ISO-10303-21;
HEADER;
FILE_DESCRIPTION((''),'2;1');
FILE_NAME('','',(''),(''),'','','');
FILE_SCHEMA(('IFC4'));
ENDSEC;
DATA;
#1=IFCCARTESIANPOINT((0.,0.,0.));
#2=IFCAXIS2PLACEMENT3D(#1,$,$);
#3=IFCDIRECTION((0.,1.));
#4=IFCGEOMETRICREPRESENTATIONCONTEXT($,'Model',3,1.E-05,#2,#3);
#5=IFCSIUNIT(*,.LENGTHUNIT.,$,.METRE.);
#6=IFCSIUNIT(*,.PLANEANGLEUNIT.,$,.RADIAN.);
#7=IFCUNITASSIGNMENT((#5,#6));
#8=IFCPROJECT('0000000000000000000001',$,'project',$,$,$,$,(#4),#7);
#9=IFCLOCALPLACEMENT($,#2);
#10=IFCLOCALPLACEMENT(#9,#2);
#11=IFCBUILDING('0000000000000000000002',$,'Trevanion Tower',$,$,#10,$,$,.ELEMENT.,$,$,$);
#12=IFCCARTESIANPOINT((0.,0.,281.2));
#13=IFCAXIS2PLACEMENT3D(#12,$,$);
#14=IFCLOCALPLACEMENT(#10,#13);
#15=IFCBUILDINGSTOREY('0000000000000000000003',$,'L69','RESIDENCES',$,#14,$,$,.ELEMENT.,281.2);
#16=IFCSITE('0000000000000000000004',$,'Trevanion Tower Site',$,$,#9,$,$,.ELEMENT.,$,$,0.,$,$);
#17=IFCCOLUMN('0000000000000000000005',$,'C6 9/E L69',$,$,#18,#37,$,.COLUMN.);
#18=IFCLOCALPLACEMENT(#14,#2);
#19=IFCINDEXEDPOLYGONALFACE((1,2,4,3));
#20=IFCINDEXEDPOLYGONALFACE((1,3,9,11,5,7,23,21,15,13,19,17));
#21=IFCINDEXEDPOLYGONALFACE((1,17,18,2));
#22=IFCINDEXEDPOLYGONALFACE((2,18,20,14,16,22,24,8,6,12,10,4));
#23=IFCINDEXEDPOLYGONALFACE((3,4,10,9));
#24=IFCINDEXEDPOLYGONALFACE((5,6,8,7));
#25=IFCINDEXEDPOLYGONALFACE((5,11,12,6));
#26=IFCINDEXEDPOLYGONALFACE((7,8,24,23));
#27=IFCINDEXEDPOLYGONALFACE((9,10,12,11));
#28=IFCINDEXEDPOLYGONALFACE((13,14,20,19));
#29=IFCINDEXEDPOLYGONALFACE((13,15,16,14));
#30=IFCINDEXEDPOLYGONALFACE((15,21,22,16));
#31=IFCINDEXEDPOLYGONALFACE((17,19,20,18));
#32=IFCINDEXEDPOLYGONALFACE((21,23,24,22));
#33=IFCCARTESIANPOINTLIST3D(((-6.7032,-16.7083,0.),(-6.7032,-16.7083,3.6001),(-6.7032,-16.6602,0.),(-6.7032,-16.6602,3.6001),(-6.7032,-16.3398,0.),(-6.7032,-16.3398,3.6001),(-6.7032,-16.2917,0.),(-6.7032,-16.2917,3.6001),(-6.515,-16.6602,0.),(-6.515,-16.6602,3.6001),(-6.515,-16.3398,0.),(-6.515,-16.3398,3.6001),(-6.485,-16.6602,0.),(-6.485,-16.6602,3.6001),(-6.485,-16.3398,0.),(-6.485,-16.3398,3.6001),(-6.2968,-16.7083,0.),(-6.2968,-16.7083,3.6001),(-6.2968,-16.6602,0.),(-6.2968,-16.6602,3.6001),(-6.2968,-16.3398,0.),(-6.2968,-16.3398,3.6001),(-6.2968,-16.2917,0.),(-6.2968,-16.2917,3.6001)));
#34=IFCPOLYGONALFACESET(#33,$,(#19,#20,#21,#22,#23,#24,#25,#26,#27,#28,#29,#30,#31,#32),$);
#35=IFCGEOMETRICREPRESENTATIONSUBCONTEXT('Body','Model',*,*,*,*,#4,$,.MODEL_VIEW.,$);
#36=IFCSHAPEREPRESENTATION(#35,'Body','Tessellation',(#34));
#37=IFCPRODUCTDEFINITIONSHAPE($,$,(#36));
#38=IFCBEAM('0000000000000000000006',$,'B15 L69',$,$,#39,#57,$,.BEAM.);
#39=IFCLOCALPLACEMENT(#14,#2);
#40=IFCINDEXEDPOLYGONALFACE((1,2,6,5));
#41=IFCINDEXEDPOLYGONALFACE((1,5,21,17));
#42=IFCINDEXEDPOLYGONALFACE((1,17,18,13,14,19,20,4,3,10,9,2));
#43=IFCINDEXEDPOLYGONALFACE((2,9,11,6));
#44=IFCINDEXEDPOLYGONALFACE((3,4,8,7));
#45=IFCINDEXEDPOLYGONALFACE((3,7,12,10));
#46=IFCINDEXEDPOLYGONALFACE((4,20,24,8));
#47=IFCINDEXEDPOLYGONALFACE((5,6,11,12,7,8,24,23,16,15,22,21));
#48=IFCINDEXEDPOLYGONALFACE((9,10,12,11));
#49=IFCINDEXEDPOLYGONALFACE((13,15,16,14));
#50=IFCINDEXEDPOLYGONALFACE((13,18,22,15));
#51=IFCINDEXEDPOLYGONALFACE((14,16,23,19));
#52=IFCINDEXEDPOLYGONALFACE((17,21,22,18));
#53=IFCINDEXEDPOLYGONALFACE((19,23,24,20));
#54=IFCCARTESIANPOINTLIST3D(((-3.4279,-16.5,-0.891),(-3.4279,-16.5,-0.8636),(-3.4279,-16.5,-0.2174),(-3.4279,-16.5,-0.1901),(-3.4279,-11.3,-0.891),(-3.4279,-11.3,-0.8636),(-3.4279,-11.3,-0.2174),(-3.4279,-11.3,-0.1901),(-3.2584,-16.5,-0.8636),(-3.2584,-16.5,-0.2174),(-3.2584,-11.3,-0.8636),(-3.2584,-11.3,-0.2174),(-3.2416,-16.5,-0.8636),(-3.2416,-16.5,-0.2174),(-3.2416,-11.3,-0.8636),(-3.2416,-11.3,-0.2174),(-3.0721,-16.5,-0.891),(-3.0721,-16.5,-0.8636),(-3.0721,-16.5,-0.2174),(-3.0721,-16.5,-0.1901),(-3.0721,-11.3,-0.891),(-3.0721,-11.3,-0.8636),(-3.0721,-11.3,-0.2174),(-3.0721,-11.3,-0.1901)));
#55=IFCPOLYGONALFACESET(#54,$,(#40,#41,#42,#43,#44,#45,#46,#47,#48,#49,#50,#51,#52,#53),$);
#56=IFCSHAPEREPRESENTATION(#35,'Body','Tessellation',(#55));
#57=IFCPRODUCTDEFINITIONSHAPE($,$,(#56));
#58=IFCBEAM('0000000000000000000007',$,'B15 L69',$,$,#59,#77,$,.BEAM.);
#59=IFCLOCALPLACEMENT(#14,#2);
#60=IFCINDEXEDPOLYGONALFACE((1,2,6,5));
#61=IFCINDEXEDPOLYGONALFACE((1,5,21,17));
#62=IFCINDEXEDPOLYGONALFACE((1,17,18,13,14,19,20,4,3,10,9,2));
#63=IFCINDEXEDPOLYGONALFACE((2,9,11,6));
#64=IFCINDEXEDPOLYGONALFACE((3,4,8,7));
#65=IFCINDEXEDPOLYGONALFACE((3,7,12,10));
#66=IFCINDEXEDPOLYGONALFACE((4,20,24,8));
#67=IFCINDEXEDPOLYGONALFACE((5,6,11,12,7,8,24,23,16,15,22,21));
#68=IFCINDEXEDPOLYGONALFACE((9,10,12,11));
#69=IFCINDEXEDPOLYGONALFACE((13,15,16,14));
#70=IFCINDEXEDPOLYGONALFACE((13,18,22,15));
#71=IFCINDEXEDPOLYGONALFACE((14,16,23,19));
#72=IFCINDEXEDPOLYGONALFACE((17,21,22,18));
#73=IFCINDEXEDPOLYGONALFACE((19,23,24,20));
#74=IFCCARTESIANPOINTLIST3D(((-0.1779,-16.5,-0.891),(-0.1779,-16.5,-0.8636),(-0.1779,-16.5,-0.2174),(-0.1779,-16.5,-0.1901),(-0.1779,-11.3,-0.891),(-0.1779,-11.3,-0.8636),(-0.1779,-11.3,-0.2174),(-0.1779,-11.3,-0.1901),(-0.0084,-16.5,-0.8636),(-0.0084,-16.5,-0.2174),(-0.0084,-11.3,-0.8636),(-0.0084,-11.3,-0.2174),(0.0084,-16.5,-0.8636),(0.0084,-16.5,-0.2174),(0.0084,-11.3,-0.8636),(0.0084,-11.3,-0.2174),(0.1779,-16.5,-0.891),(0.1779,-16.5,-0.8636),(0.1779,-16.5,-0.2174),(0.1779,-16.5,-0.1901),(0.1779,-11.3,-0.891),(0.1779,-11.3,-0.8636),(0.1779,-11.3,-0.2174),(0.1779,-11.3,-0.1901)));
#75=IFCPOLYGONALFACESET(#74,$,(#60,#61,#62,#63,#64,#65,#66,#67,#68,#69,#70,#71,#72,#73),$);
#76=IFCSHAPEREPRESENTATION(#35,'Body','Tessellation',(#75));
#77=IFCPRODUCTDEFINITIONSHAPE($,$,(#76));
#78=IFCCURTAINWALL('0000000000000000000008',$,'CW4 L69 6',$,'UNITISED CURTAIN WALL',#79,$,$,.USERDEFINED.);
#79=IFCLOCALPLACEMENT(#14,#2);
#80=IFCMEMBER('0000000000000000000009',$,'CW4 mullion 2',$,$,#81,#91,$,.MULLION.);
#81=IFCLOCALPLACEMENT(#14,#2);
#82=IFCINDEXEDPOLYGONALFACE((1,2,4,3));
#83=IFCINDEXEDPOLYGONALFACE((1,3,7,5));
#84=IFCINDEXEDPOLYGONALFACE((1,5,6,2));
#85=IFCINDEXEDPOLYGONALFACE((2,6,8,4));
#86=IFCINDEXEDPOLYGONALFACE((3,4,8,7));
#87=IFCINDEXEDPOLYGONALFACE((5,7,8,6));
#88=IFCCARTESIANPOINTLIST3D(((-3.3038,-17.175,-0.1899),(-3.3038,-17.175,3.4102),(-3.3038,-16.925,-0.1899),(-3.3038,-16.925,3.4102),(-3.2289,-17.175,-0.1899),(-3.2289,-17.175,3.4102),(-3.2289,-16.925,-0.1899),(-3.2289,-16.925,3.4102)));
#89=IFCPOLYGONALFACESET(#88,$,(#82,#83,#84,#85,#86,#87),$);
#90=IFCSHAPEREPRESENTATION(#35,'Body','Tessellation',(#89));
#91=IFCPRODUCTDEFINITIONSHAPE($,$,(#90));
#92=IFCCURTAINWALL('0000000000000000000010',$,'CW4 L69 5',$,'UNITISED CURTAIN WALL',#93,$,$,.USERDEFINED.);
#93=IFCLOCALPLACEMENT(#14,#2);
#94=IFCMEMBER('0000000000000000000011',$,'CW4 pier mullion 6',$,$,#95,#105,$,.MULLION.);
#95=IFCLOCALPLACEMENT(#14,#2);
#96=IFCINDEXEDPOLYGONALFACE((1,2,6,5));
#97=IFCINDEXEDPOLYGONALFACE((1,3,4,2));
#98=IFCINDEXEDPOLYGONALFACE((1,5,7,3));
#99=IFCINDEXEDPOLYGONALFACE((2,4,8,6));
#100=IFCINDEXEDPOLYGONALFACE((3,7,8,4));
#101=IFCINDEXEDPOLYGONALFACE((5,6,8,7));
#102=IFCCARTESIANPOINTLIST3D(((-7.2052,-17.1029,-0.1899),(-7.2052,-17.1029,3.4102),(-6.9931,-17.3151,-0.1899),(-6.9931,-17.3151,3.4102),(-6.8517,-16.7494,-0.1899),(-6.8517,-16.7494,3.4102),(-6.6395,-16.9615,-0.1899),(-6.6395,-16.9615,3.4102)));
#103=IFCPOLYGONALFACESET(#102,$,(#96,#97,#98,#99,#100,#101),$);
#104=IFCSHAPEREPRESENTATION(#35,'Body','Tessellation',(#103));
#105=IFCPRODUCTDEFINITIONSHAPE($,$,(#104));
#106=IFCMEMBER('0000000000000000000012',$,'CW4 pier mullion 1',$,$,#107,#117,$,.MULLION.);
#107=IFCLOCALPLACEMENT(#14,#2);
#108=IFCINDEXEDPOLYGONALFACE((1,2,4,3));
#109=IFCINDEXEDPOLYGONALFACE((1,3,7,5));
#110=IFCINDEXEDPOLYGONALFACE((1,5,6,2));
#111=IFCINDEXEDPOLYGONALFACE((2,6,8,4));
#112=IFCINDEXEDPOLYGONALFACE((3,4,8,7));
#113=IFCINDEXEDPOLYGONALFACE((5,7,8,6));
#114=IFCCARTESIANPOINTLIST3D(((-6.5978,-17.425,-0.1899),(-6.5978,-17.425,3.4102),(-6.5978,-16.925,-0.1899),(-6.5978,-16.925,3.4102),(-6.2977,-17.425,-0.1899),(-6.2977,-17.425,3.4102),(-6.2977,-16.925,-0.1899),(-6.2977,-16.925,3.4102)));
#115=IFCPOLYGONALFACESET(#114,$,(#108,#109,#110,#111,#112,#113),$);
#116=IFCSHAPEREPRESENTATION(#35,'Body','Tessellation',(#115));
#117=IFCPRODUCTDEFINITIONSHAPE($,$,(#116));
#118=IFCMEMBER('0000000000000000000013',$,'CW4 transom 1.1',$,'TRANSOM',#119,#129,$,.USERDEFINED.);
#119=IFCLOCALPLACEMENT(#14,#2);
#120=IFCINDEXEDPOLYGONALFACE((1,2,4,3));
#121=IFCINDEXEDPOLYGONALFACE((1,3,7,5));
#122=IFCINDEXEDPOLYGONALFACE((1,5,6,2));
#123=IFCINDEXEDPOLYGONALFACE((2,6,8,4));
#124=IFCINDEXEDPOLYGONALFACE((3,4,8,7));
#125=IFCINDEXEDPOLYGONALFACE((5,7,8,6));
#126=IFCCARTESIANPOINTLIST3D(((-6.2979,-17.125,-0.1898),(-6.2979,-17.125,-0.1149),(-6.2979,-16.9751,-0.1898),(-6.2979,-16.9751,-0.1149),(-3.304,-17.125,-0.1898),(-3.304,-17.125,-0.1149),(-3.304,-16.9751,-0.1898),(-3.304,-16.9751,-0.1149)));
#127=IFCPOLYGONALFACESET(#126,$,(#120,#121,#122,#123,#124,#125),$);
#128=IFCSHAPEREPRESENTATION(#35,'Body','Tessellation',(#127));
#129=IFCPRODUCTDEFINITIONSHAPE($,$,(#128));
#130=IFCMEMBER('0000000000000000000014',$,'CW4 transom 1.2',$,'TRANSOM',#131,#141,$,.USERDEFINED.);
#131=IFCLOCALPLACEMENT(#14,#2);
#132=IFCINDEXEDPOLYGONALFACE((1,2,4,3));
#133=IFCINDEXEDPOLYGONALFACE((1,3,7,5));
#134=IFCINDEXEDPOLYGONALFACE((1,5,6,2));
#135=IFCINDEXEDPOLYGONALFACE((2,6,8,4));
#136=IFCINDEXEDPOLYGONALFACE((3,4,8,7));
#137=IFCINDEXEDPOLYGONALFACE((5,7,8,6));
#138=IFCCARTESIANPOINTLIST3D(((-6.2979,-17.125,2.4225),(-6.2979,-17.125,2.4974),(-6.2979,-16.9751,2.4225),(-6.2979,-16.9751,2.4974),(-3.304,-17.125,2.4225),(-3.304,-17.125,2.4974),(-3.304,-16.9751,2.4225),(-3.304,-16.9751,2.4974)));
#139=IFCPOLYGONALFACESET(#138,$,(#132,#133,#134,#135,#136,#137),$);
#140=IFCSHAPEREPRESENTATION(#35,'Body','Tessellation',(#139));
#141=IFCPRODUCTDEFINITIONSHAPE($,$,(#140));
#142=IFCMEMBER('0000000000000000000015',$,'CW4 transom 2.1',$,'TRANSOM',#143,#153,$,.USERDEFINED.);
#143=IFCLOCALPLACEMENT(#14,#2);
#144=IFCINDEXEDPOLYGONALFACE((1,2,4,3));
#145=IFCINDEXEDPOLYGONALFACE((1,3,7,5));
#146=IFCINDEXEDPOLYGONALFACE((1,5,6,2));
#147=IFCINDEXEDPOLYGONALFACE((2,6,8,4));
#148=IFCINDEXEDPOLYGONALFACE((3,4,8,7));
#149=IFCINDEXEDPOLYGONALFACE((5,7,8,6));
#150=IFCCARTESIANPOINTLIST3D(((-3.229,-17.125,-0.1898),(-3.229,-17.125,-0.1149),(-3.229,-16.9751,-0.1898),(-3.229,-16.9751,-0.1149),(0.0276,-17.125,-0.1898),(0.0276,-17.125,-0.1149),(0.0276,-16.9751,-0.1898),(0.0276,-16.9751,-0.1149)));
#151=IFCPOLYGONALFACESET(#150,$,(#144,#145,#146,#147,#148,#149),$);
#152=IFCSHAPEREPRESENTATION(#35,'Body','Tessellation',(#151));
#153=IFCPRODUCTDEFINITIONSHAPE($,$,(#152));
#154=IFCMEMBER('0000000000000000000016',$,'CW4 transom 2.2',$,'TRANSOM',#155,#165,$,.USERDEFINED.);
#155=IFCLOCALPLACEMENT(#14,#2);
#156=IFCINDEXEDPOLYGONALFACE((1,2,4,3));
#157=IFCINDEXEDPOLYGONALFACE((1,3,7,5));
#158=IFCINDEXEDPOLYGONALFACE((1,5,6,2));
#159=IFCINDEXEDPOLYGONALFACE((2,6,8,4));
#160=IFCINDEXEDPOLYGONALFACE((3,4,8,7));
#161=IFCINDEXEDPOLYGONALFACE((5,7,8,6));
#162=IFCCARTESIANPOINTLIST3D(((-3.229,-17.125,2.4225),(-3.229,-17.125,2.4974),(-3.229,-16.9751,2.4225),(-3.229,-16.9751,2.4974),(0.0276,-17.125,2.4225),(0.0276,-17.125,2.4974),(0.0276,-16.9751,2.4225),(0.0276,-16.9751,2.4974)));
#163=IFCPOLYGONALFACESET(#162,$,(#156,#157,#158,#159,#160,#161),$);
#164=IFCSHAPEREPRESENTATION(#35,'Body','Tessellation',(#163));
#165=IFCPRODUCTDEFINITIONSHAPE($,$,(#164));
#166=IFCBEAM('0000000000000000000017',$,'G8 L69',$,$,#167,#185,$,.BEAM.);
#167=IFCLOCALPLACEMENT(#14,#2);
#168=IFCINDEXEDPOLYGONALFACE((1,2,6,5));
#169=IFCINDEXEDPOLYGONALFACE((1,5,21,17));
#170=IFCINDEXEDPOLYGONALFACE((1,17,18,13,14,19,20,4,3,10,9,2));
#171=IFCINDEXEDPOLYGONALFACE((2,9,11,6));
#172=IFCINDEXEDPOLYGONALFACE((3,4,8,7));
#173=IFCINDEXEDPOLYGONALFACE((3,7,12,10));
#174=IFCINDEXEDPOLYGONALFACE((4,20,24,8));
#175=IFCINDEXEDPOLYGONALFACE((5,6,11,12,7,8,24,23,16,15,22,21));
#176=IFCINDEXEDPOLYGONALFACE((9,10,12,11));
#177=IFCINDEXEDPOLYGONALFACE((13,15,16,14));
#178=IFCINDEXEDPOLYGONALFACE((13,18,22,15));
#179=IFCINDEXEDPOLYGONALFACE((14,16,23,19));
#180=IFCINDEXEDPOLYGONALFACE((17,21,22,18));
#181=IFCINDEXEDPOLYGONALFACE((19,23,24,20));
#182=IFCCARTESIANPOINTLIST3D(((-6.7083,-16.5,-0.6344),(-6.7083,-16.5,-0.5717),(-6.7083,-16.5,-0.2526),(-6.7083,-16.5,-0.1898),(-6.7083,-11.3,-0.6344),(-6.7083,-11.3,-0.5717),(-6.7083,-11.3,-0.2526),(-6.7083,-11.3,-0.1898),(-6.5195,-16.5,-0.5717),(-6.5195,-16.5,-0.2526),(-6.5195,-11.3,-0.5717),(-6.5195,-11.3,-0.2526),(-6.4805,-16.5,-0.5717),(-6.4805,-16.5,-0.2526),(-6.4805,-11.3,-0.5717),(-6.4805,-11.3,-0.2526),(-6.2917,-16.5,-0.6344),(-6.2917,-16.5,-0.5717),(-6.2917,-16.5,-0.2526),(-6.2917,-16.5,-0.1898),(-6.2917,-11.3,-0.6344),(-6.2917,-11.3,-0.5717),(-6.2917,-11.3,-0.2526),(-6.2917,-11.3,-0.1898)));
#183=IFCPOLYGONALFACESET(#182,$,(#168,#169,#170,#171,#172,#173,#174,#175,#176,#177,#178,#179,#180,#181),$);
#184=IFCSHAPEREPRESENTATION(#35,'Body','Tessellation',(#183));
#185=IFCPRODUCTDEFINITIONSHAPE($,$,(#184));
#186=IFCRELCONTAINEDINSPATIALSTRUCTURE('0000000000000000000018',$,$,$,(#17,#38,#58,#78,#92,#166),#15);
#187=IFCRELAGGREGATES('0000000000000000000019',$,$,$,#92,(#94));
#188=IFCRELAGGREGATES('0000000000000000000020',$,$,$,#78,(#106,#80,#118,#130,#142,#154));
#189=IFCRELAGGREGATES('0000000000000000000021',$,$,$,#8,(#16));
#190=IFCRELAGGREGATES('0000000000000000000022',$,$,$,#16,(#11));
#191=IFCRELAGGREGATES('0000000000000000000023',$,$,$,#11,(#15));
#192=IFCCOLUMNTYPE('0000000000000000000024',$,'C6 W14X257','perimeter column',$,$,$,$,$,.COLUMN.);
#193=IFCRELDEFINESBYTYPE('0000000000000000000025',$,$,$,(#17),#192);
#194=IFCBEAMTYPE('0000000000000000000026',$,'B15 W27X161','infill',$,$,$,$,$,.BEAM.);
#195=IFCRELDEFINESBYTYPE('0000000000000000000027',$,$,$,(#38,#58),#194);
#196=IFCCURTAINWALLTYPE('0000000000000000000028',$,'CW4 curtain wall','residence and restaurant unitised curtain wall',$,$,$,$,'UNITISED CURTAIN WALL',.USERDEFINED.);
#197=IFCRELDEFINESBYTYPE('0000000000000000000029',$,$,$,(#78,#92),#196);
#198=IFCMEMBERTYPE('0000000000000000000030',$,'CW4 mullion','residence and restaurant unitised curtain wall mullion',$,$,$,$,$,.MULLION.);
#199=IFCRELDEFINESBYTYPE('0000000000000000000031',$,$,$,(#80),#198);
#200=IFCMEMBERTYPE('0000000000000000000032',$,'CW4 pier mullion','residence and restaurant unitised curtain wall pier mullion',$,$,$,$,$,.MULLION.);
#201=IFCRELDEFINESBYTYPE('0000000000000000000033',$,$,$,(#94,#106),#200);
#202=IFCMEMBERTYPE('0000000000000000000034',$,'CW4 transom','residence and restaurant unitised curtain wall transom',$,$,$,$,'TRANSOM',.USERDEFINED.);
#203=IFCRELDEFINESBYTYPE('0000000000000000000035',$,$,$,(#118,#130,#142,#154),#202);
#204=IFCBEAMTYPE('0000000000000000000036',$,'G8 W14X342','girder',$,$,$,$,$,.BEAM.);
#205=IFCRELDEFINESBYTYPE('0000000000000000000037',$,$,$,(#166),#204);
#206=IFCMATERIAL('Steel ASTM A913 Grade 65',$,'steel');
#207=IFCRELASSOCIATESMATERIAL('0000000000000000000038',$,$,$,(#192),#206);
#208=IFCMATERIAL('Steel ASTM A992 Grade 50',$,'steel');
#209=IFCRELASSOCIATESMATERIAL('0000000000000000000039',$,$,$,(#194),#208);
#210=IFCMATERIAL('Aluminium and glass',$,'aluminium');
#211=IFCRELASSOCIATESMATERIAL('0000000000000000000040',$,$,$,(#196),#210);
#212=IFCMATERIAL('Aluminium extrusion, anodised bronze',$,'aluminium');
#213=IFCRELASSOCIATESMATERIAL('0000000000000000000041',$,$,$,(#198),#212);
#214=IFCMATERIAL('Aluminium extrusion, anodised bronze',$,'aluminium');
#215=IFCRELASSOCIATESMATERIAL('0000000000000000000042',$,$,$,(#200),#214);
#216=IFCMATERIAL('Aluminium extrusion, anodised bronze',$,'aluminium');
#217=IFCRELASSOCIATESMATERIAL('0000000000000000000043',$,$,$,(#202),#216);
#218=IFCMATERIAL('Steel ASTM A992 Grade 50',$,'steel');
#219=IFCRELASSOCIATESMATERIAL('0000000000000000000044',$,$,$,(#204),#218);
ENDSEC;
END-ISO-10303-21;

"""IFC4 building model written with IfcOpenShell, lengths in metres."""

from ifc_helpers import new_model, si_unit, direction, frame, origin, origin_2d, place, context, subcontext, project, spatial, rectangle, i_section, extrude, material, material_profile, profile_set, type_object, element, aggregate, save


model = new_model("IFC4")

# Units and contexts
model_context = context("Model", 3, precision=1e-05, world=origin(), true_north=direction((0.0, 1.0)))
body_context = subcontext(model_context, "Body", "Model", "MODEL_VIEW")
ifc_project = project(units=[si_unit("LENGTHUNIT", "METRE"), si_unit("PLANEANGLEUNIT", "RADIAN")], contexts=[model_context])

# Site, building, storey
site_placement = place(None, origin())
site = spatial("IfcSite", under=ifc_project, at=site_placement, Name="Trevanion Tower Site", CompositionType="ELEMENT", RefElevation=0.0)
building_placement = place(site_placement, origin())
building = spatial("IfcBuilding", under=site, at=building_placement, Name="Trevanion Tower", CompositionType="ELEMENT")
storey_placement = place(building_placement, frame((0.0, 0.0, 281.2)))
storey = spatial("IfcBuildingStorey", under=building, at=storey_placement, Name="L69", Description="RESIDENCES", CompositionType="ELEMENT", Elevation=281.2)

# Column
ifc_material_1 = material(Name="Steel ASTM A913 Grade 65", Category="steel")
ifc_material_profile_1 = material_profile(ifc_material_1, i_section(OverallWidth=0.4065, OverallDepth=0.4165, WebThickness=0.03, FlangeThickness=0.0481, at=origin_2d()), Name="W14X257")
ifc_profile_set_1 = profile_set([ifc_material_profile_1], Name="Steel ASTM A913 Grade 65")
column_type = type_object("IfcColumnType", Name="C6 W14X257", Description="perimeter column", PredefinedType="COLUMN", material=ifc_profile_set_1)
column_placement = place(storey_placement, frame((-6.5, -16.5, 0.0), z_axis=(0.0, 0.0, 1.0), x_axis=(1.0, 0.0, 0.0)))
element("IfcColumn", 1, at=column_placement, inside=storey, type_object=column_type, Name="C6 9/E L69", PredefinedType="COLUMN", context=body_context, shape_type="SweptSolid", body=[
    extrude(i_section(OverallWidth=0.4065, OverallDepth=0.4165, WebThickness=0.03, FlangeThickness=0.0481, at=origin_2d()), origin(), (0.0, 0.0, 1.0), 3.6001),
])

# Beams
ifc_material_2 = material(Name="Steel ASTM A992 Grade 50", Category="steel")
ifc_material_profile_2 = material_profile(ifc_material_2, i_section(OverallWidth=0.3557, OverallDepth=0.7009, WebThickness=0.0168, FlangeThickness=0.0273, at=origin_2d()), Name="W27X161")
ifc_profile_set_2 = profile_set([ifc_material_profile_2], Name="Steel ASTM A992 Grade 50")
beam_type_1 = type_object("IfcBeamType", Name="B15 W27X161", Description="infill", PredefinedType="BEAM", material=ifc_profile_set_2)
for number, where, z_axis, x_axis, name in (
    (2, (-3.25, -11.3, -0.5405), (0.0, -1.0, 0.0), (1.0, 0.0, 0.0), "B15 L69"),
    (3, (0.0, -11.3, -0.5405), (0.0, -1.0, 0.0), (1.0, 0.0, 0.0), "B15 L69"),
):
    element("IfcBeam", number, at=place(storey_placement, frame(where, z_axis=z_axis, x_axis=x_axis)), inside=storey, type_object=beam_type_1, Name=name, PredefinedType="BEAM", context=body_context, shape_type="SweptSolid", body=[
        extrude(i_section(OverallWidth=0.3557, OverallDepth=0.7009, WebThickness=0.0168, FlangeThickness=0.0273, at=origin_2d()), origin(), (0.0, 0.0, 1.0), 5.2),
    ])

# Curtain walls, members
ifc_material_3 = material(Name="Aluminium and glass", Category="aluminium")
curtain_wall_type = type_object("IfcCurtainWallType", Name="CW4 curtain wall", Description="residence and restaurant unitised curtain wall", ElementType="UNITISED CURTAIN WALL", PredefinedType="USERDEFINED", material=ifc_material_3)
curtain_wall_1_placement = place(storey_placement, origin())
curtain_wall_1 = element("IfcCurtainWall", 4, at=curtain_wall_1_placement, inside=storey, type_object=curtain_wall_type, Name="CW4 L69 6", ObjectType="UNITISED CURTAIN WALL", PredefinedType="USERDEFINED")
ifc_material_4 = material(Name="Aluminium extrusion, anodised bronze", Category="aluminium")
ifc_material_profile_3 = material_profile(ifc_material_4, rectangle(XDim=0.075, YDim=0.25, at=origin_2d()), Name="CW4 mullion")
ifc_profile_set_3 = profile_set([ifc_material_profile_3], Name="Aluminium extrusion, anodised bronze")
member_type_1 = type_object("IfcMemberType", Name="CW4 mullion", Description="residence and restaurant unitised curtain wall mullion", PredefinedType="MULLION", material=ifc_profile_set_3)
member_1_placement = place(storey_placement, frame((-3.2664, -17.05, -0.1899), z_axis=(0.0, 0.0, 1.0), x_axis=(1.0, 0.0, 0.0)))
member_1 = element("IfcMember", 5, at=member_1_placement, type_object=member_type_1, Name="CW4 mullion 2", PredefinedType="MULLION", context=body_context, shape_type="SweptSolid", body=[
    extrude(rectangle(XDim=0.075, YDim=0.25, at=origin_2d()), origin(), (0.0, 0.0, 1.0), 3.6001),
])
curtain_wall_2_placement = place(storey_placement, origin())
curtain_wall_2 = element("IfcCurtainWall", 6, at=curtain_wall_2_placement, inside=storey, type_object=curtain_wall_type, Name="CW4 L69 5", ObjectType="UNITISED CURTAIN WALL", PredefinedType="USERDEFINED")
ifc_material_5 = material(Name="Aluminium extrusion, anodised bronze", Category="aluminium")
ifc_material_profile_4 = material_profile(ifc_material_5, rectangle(XDim=0.3, YDim=0.5, at=origin_2d()), Name="CW4 pier mullion")
ifc_profile_set_4 = profile_set([ifc_material_profile_4], Name="Aluminium extrusion, anodised bronze")
member_type_2 = type_object("IfcMemberType", Name="CW4 pier mullion", Description="residence and restaurant unitised curtain wall pier mullion", PredefinedType="MULLION", material=ifc_profile_set_4)
member_2_placement = place(storey_placement, frame((-6.9224, -17.0322, -0.1899), z_axis=(0.0, 0.0, 1.0), x_axis=(0.707107, -0.707107, 0.0)))
member_2 = element("IfcMember", 7, at=member_2_placement, type_object=member_type_2, Name="CW4 pier mullion 6", PredefinedType="MULLION", context=body_context, shape_type="SweptSolid", body=[
    extrude(rectangle(XDim=0.3, YDim=0.5, at=origin_2d()), origin(), (0.0, 0.0, 1.0), 3.6001),
])

# Members
member_3_placement = place(storey_placement, frame((-6.4478, -17.175, -0.1899), z_axis=(0.0, 0.0, 1.0), x_axis=(1.0, 0.0, 0.0)))
member_3 = element("IfcMember", 8, at=member_3_placement, type_object=member_type_2, Name="CW4 pier mullion 1", PredefinedType="MULLION", context=body_context, shape_type="SweptSolid", body=[
    extrude(rectangle(XDim=0.3, YDim=0.5, at=origin_2d()), origin(), (0.0, 0.0, 1.0), 3.6001),
])
ifc_material_6 = material(Name="Aluminium extrusion, anodised bronze", Category="aluminium")
ifc_material_profile_5 = material_profile(ifc_material_6, rectangle(XDim=0.1499, YDim=0.075, at=origin_2d()), Name="CW4 transom")
ifc_profile_set_5 = profile_set([ifc_material_profile_5], Name="Aluminium extrusion, anodised bronze")
member_type_3 = type_object("IfcMemberType", Name="CW4 transom", Description="residence and restaurant unitised curtain wall transom", ElementType="TRANSOM", PredefinedType="USERDEFINED", material=ifc_profile_set_5)
member_4_placement = place(storey_placement, frame((-6.2979, -17.05, -0.1523), z_axis=(1.0, 0.0, 0.0), x_axis=(0.0, 1.0, 0.0)))
member_4 = element("IfcMember", 9, at=member_4_placement, type_object=member_type_3, Name="CW4 transom 1.1", ObjectType="TRANSOM", PredefinedType="USERDEFINED", context=body_context, shape_type="SweptSolid", body=[
    extrude(rectangle(XDim=0.1499, YDim=0.075, at=origin_2d()), origin(), (0.0, 0.0, 1.0), 2.9939),
])
member_5_placement = place(storey_placement, frame((-6.2979, -17.05, 2.46), z_axis=(1.0, 0.0, 0.0), x_axis=(0.0, 1.0, 0.0)))
member_5 = element("IfcMember", 10, at=member_5_placement, type_object=member_type_3, Name="CW4 transom 1.2", ObjectType="TRANSOM", PredefinedType="USERDEFINED", context=body_context, shape_type="SweptSolid", body=[
    extrude(rectangle(XDim=0.1499, YDim=0.075, at=origin_2d()), origin(), (0.0, 0.0, 1.0), 2.9939),
])
member_6_placement = place(storey_placement, frame((-3.229, -17.05, -0.1523), z_axis=(1.0, 0.0, 0.0), x_axis=(0.0, 1.0, 0.0)))
member_6 = element("IfcMember", 11, at=member_6_placement, type_object=member_type_3, Name="CW4 transom 2.1", ObjectType="TRANSOM", PredefinedType="USERDEFINED", context=body_context, shape_type="SweptSolid", body=[
    extrude(rectangle(XDim=0.1499, YDim=0.075, at=origin_2d()), origin(), (0.0, 0.0, 1.0), 3.2566),
])
member_7_placement = place(storey_placement, frame((-3.229, -17.05, 2.46), z_axis=(1.0, 0.0, 0.0), x_axis=(0.0, 1.0, 0.0)))
member_7 = element("IfcMember", 12, at=member_7_placement, type_object=member_type_3, Name="CW4 transom 2.2", ObjectType="TRANSOM", PredefinedType="USERDEFINED", context=body_context, shape_type="SweptSolid", body=[
    extrude(rectangle(XDim=0.1499, YDim=0.075, at=origin_2d()), origin(), (0.0, 0.0, 1.0), 3.2566),
])

# Beam
ifc_material_7 = material(Name="Steel ASTM A992 Grade 50", Category="steel")
ifc_material_profile_6 = material_profile(ifc_material_7, i_section(OverallWidth=0.4165, OverallDepth=0.4446, WebThickness=0.0391, FlangeThickness=0.0627, at=origin_2d()), Name="W14X342")
ifc_profile_set_6 = profile_set([ifc_material_profile_6], Name="Steel ASTM A992 Grade 50")
beam_type_2 = type_object("IfcBeamType", Name="G8 W14X342", Description="girder", PredefinedType="BEAM", material=ifc_profile_set_6)
beam_1_placement = place(storey_placement, frame((-6.5, -11.3, -0.4121), z_axis=(0.0, -1.0, 0.0), x_axis=(1.0, 0.0, 0.0)))
element("IfcBeam", 13, at=beam_1_placement, inside=storey, type_object=beam_type_2, Name="G8 L69", PredefinedType="BEAM", context=body_context, shape_type="SweptSolid", body=[
    extrude(i_section(OverallWidth=0.4165, OverallDepth=0.4446, WebThickness=0.0391, FlangeThickness=0.0627, at=origin_2d()), origin(), (0.0, 0.0, 1.0), 5.2),
])

aggregate(curtain_wall_2, [member_2])
aggregate(curtain_wall_1, [member_3, member_1, member_4, member_5, member_6, member_7])

save(model, "model.ifc")
